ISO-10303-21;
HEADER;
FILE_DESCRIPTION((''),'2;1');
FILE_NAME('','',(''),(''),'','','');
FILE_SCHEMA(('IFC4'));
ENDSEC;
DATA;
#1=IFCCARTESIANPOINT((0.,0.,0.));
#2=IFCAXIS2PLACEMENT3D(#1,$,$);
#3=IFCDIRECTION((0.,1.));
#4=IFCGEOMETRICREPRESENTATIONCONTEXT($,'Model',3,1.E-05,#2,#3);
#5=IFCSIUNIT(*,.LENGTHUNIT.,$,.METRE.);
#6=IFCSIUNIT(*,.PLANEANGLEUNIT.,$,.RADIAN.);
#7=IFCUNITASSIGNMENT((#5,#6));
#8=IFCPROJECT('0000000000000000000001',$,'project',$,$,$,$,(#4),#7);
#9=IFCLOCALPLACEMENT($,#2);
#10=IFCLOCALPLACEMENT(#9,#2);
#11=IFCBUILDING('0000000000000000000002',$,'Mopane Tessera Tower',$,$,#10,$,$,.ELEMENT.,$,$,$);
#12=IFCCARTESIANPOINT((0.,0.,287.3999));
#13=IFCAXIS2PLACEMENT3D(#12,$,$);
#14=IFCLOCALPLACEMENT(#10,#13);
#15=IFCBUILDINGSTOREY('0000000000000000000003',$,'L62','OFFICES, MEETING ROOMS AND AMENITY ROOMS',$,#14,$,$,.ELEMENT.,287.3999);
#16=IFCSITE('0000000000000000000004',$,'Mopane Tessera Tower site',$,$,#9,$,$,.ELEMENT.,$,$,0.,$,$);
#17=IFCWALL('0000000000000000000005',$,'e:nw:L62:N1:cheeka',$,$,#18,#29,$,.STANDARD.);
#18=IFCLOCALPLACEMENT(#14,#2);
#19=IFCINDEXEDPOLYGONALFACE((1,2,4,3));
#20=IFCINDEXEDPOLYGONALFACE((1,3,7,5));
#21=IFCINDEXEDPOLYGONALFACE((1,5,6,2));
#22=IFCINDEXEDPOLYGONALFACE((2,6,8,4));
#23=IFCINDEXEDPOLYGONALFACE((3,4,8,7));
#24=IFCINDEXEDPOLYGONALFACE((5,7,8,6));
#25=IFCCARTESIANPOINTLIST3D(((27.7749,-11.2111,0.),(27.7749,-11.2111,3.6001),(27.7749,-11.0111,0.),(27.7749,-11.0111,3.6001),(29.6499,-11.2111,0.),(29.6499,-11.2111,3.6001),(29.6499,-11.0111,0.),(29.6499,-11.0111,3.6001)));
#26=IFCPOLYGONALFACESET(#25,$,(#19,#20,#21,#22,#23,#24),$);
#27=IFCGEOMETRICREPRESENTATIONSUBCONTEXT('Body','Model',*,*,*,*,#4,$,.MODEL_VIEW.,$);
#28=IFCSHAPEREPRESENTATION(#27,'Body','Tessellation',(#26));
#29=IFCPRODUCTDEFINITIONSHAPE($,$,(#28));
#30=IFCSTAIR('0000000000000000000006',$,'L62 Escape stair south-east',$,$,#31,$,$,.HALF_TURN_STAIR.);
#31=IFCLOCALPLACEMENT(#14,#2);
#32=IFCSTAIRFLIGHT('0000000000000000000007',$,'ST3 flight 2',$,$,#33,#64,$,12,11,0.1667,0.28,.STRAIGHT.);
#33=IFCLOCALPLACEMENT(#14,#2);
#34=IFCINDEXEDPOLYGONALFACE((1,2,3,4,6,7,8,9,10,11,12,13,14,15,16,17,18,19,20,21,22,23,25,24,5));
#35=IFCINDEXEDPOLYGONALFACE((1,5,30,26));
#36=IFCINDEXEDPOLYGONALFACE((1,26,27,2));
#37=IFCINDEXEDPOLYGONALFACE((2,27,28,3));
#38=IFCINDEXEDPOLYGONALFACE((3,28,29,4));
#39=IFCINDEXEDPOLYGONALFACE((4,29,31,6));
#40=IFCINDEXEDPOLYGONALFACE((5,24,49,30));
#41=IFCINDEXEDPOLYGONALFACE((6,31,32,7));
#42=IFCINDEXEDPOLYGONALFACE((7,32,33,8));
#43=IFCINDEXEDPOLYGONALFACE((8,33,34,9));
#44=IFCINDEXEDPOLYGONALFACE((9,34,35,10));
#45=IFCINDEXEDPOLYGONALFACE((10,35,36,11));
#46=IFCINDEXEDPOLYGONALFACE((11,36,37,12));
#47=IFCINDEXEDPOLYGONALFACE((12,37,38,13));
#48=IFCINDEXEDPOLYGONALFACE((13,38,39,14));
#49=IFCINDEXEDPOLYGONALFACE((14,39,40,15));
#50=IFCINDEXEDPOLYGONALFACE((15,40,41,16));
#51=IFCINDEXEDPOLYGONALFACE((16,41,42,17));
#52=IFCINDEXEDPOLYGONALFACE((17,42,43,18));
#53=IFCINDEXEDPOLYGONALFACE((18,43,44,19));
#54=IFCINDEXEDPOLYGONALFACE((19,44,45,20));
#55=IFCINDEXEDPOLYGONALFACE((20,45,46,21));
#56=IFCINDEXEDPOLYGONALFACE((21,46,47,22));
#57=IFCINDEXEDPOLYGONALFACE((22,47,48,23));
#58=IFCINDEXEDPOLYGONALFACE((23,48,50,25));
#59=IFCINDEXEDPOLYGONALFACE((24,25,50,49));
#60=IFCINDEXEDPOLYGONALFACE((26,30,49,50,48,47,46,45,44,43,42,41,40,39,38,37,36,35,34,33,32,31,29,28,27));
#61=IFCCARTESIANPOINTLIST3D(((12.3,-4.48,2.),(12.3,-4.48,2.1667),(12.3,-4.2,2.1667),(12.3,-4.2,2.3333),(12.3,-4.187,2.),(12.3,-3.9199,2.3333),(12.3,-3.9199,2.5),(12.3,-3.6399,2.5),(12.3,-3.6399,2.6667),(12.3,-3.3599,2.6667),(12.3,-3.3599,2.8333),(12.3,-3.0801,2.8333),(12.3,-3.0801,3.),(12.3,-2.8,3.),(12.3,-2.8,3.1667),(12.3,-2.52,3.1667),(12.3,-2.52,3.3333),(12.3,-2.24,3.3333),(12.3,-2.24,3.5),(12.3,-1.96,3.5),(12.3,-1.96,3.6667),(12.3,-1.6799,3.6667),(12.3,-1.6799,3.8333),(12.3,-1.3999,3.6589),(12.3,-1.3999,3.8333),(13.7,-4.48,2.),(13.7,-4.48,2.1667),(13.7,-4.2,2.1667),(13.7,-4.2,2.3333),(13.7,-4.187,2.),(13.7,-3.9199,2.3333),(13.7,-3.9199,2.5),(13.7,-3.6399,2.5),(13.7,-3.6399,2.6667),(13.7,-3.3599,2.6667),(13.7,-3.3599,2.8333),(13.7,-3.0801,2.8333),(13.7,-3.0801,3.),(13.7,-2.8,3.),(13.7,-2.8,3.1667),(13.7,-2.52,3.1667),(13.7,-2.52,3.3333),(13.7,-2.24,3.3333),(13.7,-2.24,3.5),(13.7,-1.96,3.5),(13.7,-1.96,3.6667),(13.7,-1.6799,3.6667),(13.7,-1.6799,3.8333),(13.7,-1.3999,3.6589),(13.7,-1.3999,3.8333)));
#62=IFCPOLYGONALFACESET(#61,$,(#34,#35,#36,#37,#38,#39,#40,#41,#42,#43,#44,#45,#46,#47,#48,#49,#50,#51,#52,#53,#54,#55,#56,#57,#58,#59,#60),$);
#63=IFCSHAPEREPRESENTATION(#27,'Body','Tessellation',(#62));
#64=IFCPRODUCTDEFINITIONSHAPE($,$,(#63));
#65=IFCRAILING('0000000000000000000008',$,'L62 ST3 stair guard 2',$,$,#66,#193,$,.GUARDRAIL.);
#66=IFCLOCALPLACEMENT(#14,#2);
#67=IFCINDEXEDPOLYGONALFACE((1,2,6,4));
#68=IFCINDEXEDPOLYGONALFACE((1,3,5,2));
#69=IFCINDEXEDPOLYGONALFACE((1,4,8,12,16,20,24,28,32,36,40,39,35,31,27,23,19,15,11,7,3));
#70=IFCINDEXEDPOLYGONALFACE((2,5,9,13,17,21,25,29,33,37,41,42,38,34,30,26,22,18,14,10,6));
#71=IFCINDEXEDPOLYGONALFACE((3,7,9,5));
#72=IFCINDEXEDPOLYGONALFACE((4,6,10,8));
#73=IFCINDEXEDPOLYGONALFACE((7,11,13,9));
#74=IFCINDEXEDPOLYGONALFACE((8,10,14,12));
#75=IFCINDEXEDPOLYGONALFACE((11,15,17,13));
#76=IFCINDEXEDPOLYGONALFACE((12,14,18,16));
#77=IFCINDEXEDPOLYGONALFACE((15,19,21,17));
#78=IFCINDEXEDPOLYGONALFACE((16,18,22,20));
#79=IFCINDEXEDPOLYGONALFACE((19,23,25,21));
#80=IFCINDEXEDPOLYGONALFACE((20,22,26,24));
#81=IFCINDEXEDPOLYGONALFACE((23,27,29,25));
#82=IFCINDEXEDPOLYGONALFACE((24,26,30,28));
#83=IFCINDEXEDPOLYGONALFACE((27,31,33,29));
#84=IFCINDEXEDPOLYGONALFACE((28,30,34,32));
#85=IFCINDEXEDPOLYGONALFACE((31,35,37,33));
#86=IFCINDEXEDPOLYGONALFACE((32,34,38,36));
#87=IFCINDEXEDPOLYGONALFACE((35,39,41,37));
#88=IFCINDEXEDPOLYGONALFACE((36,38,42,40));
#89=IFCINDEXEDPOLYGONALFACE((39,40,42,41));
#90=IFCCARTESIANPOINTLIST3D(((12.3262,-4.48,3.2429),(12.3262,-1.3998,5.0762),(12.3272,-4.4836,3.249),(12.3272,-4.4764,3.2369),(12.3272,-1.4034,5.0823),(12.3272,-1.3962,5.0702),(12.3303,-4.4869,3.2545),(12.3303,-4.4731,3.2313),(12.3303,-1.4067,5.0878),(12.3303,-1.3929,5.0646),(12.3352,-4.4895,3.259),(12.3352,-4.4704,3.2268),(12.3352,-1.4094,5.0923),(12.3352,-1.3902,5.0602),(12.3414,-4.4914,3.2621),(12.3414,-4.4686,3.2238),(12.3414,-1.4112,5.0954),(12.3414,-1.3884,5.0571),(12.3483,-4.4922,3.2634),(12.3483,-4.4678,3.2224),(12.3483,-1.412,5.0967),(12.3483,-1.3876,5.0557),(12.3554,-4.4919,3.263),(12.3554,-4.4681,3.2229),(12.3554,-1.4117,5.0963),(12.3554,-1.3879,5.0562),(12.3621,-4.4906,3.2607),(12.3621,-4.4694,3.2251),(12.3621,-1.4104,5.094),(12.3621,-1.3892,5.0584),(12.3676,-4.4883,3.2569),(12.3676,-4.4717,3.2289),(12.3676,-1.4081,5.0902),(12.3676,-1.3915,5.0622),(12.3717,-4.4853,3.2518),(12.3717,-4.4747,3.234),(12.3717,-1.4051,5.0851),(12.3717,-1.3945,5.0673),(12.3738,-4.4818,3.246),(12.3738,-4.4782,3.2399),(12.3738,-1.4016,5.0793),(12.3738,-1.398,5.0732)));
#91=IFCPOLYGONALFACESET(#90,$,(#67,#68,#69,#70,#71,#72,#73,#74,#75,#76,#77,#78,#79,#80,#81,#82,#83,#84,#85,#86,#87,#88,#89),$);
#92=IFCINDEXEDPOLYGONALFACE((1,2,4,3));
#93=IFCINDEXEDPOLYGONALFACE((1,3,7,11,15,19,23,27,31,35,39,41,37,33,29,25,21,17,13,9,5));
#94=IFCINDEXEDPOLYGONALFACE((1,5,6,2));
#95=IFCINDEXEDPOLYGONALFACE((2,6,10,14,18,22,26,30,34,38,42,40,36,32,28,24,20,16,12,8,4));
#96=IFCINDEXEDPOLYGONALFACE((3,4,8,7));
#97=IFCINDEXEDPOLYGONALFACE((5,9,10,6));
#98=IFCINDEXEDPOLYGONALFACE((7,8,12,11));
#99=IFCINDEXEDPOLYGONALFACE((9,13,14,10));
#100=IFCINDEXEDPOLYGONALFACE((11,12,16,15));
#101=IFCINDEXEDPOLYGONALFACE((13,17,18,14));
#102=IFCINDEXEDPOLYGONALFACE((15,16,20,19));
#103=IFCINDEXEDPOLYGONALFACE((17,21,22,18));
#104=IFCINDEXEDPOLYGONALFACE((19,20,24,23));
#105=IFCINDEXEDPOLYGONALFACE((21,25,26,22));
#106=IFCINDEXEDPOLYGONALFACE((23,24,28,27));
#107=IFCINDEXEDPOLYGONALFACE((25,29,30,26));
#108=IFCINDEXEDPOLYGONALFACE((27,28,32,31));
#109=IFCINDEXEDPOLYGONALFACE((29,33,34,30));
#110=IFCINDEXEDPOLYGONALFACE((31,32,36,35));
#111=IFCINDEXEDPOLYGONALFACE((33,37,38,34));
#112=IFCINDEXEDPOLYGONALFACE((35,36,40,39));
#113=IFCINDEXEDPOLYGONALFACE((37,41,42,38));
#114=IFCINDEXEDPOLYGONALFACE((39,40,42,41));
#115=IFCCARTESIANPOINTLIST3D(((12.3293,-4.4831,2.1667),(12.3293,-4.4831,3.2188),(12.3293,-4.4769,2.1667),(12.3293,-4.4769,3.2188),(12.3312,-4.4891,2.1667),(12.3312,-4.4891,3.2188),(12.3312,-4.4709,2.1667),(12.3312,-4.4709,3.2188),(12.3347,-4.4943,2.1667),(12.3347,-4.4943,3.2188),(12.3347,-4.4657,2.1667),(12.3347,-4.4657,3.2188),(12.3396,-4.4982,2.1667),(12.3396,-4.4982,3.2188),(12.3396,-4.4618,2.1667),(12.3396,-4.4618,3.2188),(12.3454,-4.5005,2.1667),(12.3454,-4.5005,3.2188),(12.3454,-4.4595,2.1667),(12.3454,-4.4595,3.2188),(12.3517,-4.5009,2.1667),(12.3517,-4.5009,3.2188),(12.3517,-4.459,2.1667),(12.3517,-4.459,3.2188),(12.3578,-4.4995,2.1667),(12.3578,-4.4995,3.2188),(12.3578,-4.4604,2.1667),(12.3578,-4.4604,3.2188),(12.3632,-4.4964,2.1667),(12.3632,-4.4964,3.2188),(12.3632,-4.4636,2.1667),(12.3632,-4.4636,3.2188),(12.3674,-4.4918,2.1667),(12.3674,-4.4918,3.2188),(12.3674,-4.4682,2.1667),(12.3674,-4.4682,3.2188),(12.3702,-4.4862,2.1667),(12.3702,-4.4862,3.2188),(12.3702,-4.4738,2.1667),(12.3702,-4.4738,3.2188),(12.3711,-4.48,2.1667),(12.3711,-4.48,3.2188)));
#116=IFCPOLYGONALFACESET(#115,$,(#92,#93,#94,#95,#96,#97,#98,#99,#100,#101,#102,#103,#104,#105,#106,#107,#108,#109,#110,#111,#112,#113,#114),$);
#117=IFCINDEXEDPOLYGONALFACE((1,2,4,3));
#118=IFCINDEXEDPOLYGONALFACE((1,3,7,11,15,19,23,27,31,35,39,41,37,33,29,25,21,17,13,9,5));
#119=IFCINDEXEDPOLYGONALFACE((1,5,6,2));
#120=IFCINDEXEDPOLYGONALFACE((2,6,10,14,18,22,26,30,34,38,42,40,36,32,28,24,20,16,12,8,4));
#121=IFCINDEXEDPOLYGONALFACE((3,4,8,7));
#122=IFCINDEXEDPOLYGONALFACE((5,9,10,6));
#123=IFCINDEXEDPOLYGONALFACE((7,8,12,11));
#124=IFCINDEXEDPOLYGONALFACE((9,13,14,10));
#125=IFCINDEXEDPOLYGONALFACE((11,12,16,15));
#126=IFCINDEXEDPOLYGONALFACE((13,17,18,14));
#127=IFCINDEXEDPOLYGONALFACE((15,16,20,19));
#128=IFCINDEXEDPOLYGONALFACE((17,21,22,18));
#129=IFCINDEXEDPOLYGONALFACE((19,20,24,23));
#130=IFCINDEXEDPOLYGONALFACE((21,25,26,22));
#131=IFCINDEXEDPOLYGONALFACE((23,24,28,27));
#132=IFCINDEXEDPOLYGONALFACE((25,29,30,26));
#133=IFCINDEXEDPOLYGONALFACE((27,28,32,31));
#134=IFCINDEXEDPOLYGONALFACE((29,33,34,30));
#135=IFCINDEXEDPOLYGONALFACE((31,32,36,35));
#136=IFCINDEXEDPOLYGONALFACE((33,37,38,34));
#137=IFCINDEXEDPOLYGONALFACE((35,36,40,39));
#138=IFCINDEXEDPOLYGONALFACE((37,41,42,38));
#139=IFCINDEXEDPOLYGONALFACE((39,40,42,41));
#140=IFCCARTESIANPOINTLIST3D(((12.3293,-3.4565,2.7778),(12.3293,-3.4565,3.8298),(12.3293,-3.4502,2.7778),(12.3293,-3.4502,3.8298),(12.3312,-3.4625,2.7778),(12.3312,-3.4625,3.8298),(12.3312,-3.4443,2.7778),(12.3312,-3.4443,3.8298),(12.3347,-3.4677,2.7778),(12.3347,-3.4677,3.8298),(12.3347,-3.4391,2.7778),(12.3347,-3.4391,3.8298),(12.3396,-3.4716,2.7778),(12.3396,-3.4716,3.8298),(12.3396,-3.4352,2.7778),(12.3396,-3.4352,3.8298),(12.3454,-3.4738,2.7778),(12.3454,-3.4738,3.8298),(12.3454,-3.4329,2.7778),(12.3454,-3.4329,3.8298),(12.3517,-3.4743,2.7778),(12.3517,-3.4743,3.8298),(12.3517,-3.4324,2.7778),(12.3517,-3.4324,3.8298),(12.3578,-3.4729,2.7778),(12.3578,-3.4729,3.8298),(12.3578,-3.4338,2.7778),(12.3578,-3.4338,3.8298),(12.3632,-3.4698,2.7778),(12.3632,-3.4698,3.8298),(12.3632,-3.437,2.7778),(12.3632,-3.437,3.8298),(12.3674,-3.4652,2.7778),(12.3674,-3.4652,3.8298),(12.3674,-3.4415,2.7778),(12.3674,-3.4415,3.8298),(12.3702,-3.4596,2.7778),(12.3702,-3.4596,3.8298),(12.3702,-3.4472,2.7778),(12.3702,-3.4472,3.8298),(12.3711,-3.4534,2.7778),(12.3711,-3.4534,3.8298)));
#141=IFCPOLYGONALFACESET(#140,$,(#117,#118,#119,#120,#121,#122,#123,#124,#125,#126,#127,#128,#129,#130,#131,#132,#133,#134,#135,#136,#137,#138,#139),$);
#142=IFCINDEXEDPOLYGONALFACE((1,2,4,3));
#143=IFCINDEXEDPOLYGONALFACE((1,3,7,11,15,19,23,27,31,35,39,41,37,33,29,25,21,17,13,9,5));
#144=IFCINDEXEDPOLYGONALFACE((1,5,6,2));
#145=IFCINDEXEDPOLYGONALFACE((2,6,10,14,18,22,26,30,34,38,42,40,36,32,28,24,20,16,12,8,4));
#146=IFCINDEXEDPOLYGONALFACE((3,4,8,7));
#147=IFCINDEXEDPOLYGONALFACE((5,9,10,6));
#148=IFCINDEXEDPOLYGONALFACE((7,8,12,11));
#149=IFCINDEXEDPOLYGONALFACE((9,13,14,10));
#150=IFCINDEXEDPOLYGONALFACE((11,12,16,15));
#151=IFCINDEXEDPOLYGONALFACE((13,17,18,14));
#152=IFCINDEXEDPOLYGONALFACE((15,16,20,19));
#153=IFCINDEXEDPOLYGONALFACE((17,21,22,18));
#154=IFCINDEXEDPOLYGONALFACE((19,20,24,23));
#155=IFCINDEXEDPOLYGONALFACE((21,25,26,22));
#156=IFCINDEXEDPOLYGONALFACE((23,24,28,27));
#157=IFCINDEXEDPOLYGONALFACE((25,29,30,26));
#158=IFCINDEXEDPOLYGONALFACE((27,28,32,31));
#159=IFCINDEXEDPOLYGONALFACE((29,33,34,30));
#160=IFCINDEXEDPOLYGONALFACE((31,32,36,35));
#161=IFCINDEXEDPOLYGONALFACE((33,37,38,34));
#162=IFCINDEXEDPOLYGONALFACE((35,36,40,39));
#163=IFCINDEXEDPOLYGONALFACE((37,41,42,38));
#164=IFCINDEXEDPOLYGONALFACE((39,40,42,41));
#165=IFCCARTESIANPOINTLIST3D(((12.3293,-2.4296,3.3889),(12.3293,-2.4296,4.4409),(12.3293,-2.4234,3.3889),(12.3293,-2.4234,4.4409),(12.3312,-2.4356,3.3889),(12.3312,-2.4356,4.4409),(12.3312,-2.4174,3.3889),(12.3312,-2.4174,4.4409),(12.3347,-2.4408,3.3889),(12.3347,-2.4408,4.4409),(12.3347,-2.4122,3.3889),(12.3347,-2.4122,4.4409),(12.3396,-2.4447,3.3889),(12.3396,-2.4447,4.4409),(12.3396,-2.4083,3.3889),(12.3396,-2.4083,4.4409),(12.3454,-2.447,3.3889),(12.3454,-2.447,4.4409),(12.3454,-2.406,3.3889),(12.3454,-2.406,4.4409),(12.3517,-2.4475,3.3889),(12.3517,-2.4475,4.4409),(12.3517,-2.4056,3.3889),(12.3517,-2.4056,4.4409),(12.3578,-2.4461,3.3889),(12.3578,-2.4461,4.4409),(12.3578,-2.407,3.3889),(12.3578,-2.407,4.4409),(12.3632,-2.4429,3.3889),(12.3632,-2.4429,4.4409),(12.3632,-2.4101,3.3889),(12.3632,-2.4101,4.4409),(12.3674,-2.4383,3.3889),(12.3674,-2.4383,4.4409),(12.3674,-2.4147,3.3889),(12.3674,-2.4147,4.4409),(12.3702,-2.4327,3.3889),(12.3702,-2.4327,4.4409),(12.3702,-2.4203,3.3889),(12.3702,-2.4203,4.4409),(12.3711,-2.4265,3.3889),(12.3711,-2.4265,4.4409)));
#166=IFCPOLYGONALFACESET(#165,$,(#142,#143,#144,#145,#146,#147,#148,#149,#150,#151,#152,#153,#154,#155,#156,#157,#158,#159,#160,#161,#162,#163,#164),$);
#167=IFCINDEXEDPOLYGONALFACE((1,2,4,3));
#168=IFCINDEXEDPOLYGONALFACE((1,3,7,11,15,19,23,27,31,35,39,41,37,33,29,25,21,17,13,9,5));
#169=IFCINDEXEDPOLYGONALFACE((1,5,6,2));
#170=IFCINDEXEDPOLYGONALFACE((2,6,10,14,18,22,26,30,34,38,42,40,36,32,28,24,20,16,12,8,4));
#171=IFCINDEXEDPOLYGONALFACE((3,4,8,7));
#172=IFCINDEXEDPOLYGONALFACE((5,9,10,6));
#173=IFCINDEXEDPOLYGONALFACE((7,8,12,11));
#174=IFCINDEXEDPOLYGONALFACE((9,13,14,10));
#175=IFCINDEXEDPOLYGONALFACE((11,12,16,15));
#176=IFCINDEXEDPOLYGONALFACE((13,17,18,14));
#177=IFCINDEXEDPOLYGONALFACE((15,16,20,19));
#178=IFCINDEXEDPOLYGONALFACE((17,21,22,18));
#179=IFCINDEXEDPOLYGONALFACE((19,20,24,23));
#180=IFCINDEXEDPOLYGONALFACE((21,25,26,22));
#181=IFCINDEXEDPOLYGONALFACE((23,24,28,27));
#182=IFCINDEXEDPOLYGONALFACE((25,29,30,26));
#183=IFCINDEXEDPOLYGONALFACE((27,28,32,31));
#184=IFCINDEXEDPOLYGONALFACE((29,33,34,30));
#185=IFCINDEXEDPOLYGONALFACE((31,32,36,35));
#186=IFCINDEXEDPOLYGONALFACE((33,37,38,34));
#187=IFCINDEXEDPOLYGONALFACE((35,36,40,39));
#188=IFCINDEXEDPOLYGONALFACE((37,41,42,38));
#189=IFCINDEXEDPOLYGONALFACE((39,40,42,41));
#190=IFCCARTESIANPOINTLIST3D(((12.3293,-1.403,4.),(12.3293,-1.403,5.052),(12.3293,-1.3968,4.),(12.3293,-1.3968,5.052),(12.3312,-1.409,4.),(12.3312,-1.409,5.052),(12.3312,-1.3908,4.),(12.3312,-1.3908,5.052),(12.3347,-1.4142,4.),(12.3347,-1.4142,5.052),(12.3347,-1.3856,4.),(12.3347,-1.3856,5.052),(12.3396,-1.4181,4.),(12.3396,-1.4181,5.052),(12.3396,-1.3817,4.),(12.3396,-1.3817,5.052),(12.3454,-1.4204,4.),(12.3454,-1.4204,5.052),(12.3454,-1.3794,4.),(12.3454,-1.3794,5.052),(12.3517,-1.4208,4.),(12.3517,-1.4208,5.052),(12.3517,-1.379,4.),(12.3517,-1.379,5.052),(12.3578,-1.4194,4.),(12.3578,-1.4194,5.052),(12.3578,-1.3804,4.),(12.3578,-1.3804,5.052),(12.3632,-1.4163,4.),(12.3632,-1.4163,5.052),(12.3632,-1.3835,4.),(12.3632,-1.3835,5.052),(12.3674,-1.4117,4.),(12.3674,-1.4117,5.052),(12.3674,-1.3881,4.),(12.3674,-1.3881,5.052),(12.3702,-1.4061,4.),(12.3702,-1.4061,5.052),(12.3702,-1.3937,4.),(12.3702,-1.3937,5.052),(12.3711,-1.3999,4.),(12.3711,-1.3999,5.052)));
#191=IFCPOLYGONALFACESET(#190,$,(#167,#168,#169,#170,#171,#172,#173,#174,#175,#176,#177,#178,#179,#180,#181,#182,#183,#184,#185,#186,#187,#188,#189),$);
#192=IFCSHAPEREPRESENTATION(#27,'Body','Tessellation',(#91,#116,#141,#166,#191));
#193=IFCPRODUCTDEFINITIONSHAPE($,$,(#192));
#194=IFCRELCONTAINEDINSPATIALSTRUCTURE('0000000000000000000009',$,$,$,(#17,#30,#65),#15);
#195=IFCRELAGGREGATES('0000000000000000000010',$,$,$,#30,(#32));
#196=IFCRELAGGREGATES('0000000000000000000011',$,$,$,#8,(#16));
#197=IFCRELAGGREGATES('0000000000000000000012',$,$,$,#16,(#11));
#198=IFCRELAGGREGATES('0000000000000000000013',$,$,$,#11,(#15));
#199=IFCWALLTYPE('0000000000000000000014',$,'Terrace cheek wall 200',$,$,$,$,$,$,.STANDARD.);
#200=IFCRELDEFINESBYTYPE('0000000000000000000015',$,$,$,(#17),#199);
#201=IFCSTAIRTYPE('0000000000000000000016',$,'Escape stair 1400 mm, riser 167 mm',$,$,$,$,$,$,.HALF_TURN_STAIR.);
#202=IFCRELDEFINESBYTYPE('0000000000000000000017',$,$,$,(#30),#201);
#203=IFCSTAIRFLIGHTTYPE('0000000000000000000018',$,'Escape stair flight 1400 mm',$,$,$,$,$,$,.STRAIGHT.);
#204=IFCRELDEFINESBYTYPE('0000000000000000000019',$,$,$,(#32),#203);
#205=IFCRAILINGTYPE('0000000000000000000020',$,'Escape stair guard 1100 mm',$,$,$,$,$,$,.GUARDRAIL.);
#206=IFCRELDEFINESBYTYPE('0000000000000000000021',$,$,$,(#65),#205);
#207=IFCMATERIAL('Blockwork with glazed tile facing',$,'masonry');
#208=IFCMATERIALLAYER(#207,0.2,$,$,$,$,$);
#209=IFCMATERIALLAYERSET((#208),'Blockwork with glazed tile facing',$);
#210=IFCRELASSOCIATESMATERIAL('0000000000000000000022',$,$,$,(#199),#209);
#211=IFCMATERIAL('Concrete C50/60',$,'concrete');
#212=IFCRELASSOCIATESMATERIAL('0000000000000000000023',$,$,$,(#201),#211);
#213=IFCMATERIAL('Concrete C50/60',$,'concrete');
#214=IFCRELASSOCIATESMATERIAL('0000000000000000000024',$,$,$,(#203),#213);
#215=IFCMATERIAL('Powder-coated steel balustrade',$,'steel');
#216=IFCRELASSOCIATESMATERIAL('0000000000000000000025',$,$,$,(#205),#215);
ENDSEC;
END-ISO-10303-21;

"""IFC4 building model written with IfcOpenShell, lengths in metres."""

from ifc_helpers import new_model, si_unit, direction, frame, frame_2d, origin, origin_2d, place, context, subcontext, project, spatial, polyline, rectangle, circle, outline, extrude, material, layer, layer_set, type_object, element, aggregate, save


model = new_model("IFC4")

# Units and contexts
model_context = context("Model", 3, precision=1e-05, world=origin(), true_north=direction((0.0, 1.0)))
body_context = subcontext(model_context, "Body", "Model", "MODEL_VIEW")
ifc_project = project(units=[si_unit("LENGTHUNIT", "METRE"), si_unit("PLANEANGLEUNIT", "RADIAN")], contexts=[model_context])

# Site, building, storey
site_placement = place(None, origin())
site = spatial("IfcSite", under=ifc_project, at=site_placement, Name="Mopane Tessera Tower site", CompositionType="ELEMENT", RefElevation=0.0)
building_placement = place(site_placement, origin())
building = spatial("IfcBuilding", under=site, at=building_placement, Name="Mopane Tessera Tower", CompositionType="ELEMENT")
storey_placement = place(building_placement, frame((0.0, 0.0, 287.3999)))
storey = spatial("IfcBuildingStorey", under=building, at=storey_placement, Name="L62", Description="OFFICES, MEETING ROOMS AND AMENITY ROOMS", CompositionType="ELEMENT", Elevation=287.3999)

# Wall
ifc_material_1 = material(Name="Blockwork with glazed tile facing", Category="masonry")
ifc_layer_1 = layer(ifc_material_1, 0.2)
ifc_layer_set_1 = layer_set([ifc_layer_1], Name="Blockwork with glazed tile facing")
wall_type_1 = type_object("IfcWallType", Name="Terrace cheek wall 200", PredefinedType="STANDARD", material=ifc_layer_set_1)
wall_1_placement = place(storey_placement, frame((29.6499, -11.1111, 0.0), z_axis=(0.0, 0.0, 1.0), x_axis=(-1.0, 0.0, 0.0)))
element("IfcWall", 1, at=wall_1_placement, inside=storey, type_object=wall_type_1, Name="e:nw:L62:N1:cheeka", PredefinedType="STANDARD", context=body_context, shape_type="SweptSolid", body=[
    extrude(rectangle(XDim=1.875, YDim=0.2, at=frame_2d((0.9375, 0.0))), origin(), (0.0, 0.0, 1.0), 3.6001),
])

# Stair, stair flight
ifc_material_2 = material(Name="Concrete C50/60", Category="concrete")
stair_type = type_object("IfcStairType", Name="Escape stair 1400 mm, riser 167 mm", PredefinedType="HALF_TURN_STAIR", material=ifc_material_2)
stair_placement = place(storey_placement, origin())
stair = element("IfcStair", 2, at=stair_placement, inside=storey, type_object=stair_type, Name="L62 Escape stair south-east", PredefinedType="HALF_TURN_STAIR")
ifc_material_3 = material(Name="Concrete C50/60", Category="concrete")
stair_flight_type = type_object("IfcStairFlightType", Name="Escape stair flight 1400 mm", PredefinedType="STRAIGHT", material=ifc_material_3)
stair_flight_placement = place(storey_placement, frame((13.0, -4.48, 2.0), z_axis=(0.0, 0.0, 1.0), x_axis=(0.0, 1.0, 0.0)))
stair_flight = element("IfcStairFlight", 3, at=stair_flight_placement, type_object=stair_flight_type, Name="ST3 flight 2", NumberOfRisers=12, NumberOfTreads=11, PredefinedType="STRAIGHT", RiserHeight=0.1667, TreadLength=0.28, context=body_context, shape_type="SweptSolid", body=[
    extrude(outline(polyline([(0.0, 0.0), (0.0, 0.1667), (0.28, 0.1667), (0.28, 0.3333), (0.5601, 0.3333), (0.5601, 0.5), (0.8401, 0.5), (0.8401, 0.6667), (1.1201, 0.6667), (1.1201, 0.8333), (1.3999, 0.8333), (1.3999, 1.0), (1.6799, 1.0), (1.6799, 1.1667), (1.96, 1.1667), (1.96, 1.3333), (2.24, 1.3333), (2.24, 1.5), (2.52, 1.5), (2.52, 1.6667), (2.8, 1.6667), (2.8, 1.8333), (3.0801, 1.8333), (3.0801, 2.0), (3.0801, 1.6589), (0.293, 0.0), (0.0, 0.0)])), frame((0.0, 0.7, 0.0), z_axis=(0.0, -1.0, 0.0), x_axis=(1.0, 0.0, 0.0)), (0.0, 0.0, 1.0), 1.3999),
])
aggregate(stair, [stair_flight])

# Railing
ifc_material_4 = material(Name="Powder-coated steel balustrade", Category="steel")
railing_type_1 = type_object("IfcRailingType", Name="Escape stair guard 1100 mm", PredefinedType="GUARDRAIL", material=ifc_material_4)
railing_1_placement = place(storey_placement, frame((12.3501, -4.48, 2.1667)))
element("IfcRailing", 4, at=railing_1_placement, inside=storey, type_object=railing_type_1, Name="L62 ST3 stair guard 2", PredefinedType="GUARDRAIL", context=body_context, shape_type="SweptSolid", body=[
    extrude(circle(Radius=0.0239, at=origin_2d()), frame((0.0, 0.0, 1.0762), z_axis=(0.0, 0.859309, 0.511458), x_axis=(-1.0, 0.0, 0.0)), (0.0, 0.0, 1.0), 3.5845),
    extrude(circle(Radius=0.021, at=origin_2d()), origin(), (0.0, 0.0, 1.0), 1.052),
    extrude(circle(Radius=0.021, at=origin_2d()), frame((0.0, 1.0266, 0.6111)), (0.0, 0.0, 1.0), 1.052),
    extrude(circle(Radius=0.021, at=origin_2d()), frame((0.0, 2.0535, 1.2222)), (0.0, 0.0, 1.0), 1.052),
    extrude(circle(Radius=0.021, at=origin_2d()), frame((0.0, 3.0801, 1.8333)), (0.0, 0.0, 1.0), 1.052),
])

save(model, "model.ifc")
